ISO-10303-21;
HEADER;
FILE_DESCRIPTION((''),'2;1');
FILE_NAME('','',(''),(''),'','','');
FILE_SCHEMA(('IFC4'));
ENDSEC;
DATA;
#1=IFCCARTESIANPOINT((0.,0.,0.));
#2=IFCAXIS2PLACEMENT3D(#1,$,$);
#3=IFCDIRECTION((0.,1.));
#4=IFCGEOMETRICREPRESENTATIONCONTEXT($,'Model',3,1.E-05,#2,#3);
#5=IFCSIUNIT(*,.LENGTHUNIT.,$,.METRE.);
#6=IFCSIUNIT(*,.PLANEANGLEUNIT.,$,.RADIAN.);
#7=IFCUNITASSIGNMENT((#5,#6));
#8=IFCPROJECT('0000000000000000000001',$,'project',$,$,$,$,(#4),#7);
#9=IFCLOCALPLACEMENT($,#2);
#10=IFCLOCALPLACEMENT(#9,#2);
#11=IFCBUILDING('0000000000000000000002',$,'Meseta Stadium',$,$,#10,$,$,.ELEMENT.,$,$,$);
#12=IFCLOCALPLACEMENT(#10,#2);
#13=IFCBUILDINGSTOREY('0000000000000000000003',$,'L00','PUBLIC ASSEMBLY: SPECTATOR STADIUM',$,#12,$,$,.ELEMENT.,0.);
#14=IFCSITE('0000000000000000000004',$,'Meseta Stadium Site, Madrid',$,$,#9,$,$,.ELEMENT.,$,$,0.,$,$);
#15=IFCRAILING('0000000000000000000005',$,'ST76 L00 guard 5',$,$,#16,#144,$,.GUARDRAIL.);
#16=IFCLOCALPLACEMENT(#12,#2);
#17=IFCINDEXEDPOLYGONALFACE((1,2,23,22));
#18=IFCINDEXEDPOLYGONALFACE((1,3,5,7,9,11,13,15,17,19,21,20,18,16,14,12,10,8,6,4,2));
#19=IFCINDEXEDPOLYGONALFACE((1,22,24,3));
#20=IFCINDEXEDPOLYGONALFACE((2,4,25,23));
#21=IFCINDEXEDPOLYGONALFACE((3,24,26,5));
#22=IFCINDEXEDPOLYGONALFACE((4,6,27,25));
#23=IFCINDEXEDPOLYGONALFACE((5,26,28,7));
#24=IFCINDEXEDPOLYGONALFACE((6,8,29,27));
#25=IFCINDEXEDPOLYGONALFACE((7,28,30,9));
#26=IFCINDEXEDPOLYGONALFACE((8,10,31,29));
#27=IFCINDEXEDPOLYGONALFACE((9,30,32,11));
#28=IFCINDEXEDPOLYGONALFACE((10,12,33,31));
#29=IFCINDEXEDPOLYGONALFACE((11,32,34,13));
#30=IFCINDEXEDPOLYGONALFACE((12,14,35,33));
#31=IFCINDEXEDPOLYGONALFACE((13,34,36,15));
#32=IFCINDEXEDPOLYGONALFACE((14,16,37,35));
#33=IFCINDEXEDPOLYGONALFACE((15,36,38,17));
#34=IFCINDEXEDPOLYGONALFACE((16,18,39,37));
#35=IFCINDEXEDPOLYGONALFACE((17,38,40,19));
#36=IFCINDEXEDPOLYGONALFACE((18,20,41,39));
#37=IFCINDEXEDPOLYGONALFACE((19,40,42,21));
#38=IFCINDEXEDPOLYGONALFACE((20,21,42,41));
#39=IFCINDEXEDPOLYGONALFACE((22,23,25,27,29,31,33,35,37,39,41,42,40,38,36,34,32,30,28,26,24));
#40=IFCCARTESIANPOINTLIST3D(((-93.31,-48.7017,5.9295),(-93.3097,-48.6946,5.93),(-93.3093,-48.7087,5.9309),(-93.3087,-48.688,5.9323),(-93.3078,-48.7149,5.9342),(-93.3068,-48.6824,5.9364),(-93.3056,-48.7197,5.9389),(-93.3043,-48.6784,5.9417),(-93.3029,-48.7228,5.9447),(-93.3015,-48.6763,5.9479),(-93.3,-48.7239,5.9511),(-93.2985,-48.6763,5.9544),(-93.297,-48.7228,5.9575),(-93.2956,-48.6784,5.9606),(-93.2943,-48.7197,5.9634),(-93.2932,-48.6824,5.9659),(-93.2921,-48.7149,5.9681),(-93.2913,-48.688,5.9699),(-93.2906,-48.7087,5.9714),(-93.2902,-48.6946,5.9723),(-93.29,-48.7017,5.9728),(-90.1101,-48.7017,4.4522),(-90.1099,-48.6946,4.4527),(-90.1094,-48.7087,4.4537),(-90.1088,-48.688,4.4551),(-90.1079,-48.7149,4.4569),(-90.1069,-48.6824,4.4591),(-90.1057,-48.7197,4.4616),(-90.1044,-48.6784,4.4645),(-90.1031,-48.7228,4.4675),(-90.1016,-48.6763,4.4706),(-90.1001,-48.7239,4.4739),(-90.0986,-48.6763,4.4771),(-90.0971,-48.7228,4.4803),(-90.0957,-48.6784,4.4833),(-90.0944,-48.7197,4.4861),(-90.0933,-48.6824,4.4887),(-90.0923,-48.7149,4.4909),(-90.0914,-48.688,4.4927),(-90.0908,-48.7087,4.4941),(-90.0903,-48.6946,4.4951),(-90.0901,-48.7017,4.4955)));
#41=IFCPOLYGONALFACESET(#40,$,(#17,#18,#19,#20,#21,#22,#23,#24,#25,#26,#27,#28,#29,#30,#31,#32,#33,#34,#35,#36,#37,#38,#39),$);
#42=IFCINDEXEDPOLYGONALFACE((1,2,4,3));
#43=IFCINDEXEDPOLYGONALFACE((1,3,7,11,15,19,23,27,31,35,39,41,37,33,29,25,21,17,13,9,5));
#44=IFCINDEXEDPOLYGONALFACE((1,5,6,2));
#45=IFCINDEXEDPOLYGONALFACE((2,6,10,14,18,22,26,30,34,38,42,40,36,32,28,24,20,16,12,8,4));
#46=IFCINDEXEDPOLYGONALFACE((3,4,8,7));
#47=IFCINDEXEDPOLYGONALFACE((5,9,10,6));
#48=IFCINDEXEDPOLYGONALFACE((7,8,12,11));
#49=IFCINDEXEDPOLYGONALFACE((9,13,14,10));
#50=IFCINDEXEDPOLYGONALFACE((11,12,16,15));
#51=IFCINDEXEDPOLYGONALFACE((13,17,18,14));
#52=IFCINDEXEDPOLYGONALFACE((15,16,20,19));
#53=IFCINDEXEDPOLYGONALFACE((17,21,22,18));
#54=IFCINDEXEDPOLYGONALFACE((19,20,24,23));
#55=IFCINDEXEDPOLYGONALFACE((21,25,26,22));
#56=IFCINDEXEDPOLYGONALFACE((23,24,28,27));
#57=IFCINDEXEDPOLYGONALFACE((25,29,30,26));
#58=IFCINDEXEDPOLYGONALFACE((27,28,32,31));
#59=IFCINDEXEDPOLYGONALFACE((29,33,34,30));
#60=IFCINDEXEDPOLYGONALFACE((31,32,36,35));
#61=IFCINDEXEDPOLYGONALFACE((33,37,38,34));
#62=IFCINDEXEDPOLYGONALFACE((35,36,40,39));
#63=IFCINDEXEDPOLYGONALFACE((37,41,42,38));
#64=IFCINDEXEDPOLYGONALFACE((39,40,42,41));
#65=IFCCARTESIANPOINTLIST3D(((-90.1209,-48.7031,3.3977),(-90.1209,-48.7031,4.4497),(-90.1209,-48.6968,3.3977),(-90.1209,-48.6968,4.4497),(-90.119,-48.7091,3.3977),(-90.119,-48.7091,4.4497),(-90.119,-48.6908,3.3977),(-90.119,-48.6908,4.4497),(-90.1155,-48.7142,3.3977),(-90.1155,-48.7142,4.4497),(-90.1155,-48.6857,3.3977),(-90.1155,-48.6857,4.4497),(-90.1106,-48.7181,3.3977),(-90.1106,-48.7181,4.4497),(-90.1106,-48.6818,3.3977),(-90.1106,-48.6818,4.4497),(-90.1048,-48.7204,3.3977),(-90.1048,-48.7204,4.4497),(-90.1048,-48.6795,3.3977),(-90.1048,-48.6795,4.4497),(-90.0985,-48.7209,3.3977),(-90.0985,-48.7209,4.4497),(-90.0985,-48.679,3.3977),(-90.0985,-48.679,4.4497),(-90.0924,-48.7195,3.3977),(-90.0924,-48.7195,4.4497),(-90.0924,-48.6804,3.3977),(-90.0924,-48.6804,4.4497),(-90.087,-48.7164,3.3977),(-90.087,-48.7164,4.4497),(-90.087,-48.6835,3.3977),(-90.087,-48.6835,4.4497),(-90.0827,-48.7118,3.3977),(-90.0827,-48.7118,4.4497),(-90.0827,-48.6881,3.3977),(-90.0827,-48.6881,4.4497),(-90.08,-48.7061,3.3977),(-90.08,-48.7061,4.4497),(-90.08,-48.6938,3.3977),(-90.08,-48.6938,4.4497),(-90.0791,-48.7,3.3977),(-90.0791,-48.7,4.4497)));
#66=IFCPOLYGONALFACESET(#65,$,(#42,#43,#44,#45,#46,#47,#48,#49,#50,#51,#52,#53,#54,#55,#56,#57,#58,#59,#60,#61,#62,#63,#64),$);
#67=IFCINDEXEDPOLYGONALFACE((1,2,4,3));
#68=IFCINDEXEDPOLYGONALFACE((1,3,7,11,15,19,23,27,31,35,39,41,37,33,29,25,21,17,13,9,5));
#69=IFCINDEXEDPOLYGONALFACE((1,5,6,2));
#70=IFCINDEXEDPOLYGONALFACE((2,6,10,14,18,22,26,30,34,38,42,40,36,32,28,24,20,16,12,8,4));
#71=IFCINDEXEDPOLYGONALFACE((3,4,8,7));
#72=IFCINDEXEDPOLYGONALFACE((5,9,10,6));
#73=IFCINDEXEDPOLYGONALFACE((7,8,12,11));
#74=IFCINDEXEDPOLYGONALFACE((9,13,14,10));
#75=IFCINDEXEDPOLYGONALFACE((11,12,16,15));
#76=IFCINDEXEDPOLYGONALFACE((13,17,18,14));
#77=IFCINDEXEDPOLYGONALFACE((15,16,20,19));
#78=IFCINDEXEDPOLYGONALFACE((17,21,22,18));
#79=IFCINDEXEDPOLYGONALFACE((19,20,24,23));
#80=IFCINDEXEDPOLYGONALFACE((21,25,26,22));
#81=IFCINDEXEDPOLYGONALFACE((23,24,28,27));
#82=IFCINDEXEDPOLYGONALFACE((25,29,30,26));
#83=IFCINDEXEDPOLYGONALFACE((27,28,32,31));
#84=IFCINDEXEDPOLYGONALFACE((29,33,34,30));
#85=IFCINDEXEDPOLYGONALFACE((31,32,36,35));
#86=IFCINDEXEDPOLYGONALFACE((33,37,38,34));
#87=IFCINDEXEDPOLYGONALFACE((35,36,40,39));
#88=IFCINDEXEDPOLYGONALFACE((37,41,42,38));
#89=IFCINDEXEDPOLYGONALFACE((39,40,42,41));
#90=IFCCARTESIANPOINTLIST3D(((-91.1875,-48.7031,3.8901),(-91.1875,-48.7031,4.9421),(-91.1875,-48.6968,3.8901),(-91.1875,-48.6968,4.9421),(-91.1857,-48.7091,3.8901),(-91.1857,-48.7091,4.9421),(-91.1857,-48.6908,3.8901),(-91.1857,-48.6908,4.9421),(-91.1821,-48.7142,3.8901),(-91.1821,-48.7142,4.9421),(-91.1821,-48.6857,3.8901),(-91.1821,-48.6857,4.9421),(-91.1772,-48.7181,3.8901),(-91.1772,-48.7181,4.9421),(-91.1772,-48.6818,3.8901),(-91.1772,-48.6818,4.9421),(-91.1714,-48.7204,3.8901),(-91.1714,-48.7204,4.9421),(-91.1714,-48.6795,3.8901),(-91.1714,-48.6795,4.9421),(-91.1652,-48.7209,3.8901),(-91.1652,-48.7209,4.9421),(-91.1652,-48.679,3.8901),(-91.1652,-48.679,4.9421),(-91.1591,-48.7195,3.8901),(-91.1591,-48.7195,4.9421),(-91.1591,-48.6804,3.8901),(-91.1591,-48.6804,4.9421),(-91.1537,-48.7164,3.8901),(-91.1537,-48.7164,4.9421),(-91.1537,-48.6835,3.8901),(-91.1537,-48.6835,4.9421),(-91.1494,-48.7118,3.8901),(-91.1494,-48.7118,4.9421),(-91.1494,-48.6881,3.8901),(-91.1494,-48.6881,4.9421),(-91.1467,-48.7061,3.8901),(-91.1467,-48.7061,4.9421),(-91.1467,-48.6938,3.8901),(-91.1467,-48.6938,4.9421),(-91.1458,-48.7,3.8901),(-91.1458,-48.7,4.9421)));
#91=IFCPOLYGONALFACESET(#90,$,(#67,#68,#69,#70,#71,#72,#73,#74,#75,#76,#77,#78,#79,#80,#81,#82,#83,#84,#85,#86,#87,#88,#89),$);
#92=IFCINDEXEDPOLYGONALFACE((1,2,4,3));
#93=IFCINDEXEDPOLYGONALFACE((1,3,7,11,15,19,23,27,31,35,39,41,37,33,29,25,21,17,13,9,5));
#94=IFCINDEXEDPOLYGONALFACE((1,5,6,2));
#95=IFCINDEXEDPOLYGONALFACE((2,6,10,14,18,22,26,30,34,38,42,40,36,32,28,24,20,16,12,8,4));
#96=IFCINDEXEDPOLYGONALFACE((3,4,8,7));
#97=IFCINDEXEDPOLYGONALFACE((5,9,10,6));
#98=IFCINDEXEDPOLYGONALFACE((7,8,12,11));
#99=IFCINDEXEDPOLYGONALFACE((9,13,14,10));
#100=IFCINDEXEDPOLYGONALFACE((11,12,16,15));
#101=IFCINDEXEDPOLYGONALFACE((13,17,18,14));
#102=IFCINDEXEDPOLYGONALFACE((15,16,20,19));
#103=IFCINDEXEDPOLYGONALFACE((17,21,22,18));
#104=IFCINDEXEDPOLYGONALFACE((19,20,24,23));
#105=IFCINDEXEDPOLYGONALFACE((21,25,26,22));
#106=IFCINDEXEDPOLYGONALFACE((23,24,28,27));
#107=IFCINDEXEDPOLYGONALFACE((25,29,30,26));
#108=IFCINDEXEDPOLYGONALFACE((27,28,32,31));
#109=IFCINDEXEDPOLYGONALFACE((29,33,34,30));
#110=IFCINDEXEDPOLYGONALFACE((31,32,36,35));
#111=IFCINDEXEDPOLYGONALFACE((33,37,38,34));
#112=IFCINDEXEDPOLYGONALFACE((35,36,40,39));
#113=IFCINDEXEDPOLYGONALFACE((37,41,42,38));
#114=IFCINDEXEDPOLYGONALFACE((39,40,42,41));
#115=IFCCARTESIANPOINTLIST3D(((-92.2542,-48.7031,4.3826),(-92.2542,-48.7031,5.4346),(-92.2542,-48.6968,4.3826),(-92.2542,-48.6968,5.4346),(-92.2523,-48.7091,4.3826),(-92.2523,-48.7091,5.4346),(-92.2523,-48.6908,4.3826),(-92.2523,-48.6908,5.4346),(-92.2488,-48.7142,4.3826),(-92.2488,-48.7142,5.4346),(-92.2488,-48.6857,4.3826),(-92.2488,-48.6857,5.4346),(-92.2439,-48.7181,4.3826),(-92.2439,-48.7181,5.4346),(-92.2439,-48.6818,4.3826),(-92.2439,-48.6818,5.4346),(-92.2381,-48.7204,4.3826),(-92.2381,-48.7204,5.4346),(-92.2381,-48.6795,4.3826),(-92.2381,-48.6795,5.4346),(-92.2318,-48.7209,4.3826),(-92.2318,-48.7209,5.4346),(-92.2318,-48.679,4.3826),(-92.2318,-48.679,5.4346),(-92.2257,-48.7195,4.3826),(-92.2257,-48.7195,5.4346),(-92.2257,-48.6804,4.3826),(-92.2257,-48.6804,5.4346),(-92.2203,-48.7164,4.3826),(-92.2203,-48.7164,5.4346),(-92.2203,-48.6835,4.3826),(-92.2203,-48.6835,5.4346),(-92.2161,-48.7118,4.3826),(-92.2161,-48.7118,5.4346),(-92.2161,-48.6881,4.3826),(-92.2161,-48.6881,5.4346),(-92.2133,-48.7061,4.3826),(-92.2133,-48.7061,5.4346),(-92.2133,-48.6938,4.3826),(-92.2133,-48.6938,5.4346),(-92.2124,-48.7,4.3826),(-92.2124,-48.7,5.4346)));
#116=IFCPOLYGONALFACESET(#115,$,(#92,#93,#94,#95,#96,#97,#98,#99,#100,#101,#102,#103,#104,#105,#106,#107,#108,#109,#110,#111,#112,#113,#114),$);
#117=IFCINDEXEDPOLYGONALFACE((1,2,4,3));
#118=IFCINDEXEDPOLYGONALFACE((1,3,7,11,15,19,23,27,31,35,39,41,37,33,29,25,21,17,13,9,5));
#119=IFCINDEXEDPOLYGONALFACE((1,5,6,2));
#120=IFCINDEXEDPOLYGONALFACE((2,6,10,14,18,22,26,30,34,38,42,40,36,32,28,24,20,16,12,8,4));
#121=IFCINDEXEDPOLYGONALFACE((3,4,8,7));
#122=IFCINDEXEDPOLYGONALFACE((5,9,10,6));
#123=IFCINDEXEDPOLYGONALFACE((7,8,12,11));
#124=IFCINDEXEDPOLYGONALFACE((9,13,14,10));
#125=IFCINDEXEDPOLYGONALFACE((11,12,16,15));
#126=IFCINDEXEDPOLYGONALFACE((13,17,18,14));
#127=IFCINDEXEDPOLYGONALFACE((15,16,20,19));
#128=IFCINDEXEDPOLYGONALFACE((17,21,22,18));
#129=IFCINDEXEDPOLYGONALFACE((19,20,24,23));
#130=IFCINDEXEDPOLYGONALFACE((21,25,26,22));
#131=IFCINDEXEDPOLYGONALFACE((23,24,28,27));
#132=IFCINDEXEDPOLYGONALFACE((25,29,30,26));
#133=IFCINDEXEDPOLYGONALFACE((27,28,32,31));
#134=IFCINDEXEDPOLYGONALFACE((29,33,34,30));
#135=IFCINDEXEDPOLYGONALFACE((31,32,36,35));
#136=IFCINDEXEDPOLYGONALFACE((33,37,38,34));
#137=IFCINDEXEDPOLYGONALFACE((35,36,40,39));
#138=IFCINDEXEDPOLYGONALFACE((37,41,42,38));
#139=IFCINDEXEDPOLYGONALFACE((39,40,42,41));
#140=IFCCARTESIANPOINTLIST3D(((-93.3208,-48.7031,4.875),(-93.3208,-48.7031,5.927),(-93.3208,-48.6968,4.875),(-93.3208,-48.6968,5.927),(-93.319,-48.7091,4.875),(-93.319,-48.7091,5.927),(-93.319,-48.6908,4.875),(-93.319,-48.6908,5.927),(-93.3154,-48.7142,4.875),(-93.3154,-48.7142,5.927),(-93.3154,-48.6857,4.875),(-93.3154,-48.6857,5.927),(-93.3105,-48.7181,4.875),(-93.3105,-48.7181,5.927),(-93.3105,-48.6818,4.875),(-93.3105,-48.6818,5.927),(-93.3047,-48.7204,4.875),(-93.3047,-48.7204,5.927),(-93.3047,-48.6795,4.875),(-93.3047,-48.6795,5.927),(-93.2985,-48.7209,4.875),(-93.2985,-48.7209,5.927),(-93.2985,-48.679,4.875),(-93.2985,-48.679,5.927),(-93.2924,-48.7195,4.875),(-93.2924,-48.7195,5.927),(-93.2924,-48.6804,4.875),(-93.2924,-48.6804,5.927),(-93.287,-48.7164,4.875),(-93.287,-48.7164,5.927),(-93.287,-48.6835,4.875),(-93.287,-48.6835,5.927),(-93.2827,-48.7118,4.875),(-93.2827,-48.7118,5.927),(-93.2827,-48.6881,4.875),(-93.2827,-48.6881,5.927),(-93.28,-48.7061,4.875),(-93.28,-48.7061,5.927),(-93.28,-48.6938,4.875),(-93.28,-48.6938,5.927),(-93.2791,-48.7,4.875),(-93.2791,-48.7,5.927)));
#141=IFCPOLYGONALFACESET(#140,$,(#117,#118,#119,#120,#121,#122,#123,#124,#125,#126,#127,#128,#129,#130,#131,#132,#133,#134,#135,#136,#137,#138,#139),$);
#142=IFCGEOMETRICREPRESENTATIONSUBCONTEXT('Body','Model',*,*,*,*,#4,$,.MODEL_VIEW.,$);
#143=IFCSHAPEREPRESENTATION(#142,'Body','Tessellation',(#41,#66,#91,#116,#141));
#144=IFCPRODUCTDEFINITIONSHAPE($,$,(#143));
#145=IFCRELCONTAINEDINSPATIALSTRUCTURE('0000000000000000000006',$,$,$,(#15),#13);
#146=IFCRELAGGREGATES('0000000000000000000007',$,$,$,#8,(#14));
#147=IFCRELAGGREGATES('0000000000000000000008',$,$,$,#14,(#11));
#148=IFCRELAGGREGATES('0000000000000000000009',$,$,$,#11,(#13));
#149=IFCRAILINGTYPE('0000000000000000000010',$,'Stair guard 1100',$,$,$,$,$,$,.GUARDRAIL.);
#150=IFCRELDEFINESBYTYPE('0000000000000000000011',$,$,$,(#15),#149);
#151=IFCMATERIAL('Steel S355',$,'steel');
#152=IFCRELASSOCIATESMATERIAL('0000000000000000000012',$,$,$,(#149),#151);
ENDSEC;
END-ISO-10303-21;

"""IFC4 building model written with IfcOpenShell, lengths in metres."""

from ifc_helpers import new_model, si_unit, direction, frame, origin, origin_2d, place, context, subcontext, project, spatial, circle, extrude, material, type_object, element, save


model = new_model("IFC4")

# Units and contexts
model_context = context("Model", 3, precision=1e-05, world=origin(), true_north=direction((0.0, 1.0)))
body_context = subcontext(model_context, "Body", "Model", "MODEL_VIEW")
ifc_project = project(units=[si_unit("LENGTHUNIT", "METRE"), si_unit("PLANEANGLEUNIT", "RADIAN")], contexts=[model_context])

# Site, building, storey
site_placement = place(None, origin())
site = spatial("IfcSite", under=ifc_project, at=site_placement, Name="Meseta Stadium Site, Madrid", CompositionType="ELEMENT", RefElevation=0.0)
building_placement = place(site_placement, origin())
building = spatial("IfcBuilding", under=site, at=building_placement, Name="Meseta Stadium", CompositionType="ELEMENT")
storey_placement = place(building_placement, origin())
storey = spatial("IfcBuildingStorey", under=building, at=storey_placement, Name="L00", Description="PUBLIC ASSEMBLY: SPECTATOR STADIUM", CompositionType="ELEMENT", Elevation=0.0)

# Railing
ifc_material_1 = material(Name="Steel S355", Category="steel")
railing_type_1 = type_object("IfcRailingType", Name="Stair guard 1100", PredefinedType="GUARDRAIL", material=ifc_material_1)
railing_1_placement = place(storey_placement, frame((-90.1001, -48.7, 3.3977)))
element("IfcRailing", 1, at=railing_1_placement, inside=storey, type_object=railing_type_1, Name="ST76 L00 guard 5", PredefinedType="GUARDRAIL", context=body_context, shape_type="SweptSolid", body=[
    extrude(circle(Radius=0.0239, at=origin_2d()), frame((0.0, 0.0, 1.0762), z_axis=(-0.907917, 0.0, 0.41915), x_axis=(0.0, -1.0, 0.0)), (0.0, 0.0, 1.0), 3.5244),
    extrude(circle(Radius=0.021, at=origin_2d()), origin(), (0.0, 0.0, 1.0), 1.052),
    extrude(circle(Radius=0.021, at=origin_2d()), frame((-1.0667, 0.0, 0.4924)), (0.0, 0.0, 1.0), 1.052),
    extrude(circle(Radius=0.021, at=origin_2d()), frame((-2.1333, 0.0, 0.9849)), (0.0, 0.0, 1.0), 1.052),
    extrude(circle(Radius=0.021, at=origin_2d()), frame((-3.2, 0.0, 1.4773)), (0.0, 0.0, 1.0), 1.052),
])

save(model, "model.ifc")
